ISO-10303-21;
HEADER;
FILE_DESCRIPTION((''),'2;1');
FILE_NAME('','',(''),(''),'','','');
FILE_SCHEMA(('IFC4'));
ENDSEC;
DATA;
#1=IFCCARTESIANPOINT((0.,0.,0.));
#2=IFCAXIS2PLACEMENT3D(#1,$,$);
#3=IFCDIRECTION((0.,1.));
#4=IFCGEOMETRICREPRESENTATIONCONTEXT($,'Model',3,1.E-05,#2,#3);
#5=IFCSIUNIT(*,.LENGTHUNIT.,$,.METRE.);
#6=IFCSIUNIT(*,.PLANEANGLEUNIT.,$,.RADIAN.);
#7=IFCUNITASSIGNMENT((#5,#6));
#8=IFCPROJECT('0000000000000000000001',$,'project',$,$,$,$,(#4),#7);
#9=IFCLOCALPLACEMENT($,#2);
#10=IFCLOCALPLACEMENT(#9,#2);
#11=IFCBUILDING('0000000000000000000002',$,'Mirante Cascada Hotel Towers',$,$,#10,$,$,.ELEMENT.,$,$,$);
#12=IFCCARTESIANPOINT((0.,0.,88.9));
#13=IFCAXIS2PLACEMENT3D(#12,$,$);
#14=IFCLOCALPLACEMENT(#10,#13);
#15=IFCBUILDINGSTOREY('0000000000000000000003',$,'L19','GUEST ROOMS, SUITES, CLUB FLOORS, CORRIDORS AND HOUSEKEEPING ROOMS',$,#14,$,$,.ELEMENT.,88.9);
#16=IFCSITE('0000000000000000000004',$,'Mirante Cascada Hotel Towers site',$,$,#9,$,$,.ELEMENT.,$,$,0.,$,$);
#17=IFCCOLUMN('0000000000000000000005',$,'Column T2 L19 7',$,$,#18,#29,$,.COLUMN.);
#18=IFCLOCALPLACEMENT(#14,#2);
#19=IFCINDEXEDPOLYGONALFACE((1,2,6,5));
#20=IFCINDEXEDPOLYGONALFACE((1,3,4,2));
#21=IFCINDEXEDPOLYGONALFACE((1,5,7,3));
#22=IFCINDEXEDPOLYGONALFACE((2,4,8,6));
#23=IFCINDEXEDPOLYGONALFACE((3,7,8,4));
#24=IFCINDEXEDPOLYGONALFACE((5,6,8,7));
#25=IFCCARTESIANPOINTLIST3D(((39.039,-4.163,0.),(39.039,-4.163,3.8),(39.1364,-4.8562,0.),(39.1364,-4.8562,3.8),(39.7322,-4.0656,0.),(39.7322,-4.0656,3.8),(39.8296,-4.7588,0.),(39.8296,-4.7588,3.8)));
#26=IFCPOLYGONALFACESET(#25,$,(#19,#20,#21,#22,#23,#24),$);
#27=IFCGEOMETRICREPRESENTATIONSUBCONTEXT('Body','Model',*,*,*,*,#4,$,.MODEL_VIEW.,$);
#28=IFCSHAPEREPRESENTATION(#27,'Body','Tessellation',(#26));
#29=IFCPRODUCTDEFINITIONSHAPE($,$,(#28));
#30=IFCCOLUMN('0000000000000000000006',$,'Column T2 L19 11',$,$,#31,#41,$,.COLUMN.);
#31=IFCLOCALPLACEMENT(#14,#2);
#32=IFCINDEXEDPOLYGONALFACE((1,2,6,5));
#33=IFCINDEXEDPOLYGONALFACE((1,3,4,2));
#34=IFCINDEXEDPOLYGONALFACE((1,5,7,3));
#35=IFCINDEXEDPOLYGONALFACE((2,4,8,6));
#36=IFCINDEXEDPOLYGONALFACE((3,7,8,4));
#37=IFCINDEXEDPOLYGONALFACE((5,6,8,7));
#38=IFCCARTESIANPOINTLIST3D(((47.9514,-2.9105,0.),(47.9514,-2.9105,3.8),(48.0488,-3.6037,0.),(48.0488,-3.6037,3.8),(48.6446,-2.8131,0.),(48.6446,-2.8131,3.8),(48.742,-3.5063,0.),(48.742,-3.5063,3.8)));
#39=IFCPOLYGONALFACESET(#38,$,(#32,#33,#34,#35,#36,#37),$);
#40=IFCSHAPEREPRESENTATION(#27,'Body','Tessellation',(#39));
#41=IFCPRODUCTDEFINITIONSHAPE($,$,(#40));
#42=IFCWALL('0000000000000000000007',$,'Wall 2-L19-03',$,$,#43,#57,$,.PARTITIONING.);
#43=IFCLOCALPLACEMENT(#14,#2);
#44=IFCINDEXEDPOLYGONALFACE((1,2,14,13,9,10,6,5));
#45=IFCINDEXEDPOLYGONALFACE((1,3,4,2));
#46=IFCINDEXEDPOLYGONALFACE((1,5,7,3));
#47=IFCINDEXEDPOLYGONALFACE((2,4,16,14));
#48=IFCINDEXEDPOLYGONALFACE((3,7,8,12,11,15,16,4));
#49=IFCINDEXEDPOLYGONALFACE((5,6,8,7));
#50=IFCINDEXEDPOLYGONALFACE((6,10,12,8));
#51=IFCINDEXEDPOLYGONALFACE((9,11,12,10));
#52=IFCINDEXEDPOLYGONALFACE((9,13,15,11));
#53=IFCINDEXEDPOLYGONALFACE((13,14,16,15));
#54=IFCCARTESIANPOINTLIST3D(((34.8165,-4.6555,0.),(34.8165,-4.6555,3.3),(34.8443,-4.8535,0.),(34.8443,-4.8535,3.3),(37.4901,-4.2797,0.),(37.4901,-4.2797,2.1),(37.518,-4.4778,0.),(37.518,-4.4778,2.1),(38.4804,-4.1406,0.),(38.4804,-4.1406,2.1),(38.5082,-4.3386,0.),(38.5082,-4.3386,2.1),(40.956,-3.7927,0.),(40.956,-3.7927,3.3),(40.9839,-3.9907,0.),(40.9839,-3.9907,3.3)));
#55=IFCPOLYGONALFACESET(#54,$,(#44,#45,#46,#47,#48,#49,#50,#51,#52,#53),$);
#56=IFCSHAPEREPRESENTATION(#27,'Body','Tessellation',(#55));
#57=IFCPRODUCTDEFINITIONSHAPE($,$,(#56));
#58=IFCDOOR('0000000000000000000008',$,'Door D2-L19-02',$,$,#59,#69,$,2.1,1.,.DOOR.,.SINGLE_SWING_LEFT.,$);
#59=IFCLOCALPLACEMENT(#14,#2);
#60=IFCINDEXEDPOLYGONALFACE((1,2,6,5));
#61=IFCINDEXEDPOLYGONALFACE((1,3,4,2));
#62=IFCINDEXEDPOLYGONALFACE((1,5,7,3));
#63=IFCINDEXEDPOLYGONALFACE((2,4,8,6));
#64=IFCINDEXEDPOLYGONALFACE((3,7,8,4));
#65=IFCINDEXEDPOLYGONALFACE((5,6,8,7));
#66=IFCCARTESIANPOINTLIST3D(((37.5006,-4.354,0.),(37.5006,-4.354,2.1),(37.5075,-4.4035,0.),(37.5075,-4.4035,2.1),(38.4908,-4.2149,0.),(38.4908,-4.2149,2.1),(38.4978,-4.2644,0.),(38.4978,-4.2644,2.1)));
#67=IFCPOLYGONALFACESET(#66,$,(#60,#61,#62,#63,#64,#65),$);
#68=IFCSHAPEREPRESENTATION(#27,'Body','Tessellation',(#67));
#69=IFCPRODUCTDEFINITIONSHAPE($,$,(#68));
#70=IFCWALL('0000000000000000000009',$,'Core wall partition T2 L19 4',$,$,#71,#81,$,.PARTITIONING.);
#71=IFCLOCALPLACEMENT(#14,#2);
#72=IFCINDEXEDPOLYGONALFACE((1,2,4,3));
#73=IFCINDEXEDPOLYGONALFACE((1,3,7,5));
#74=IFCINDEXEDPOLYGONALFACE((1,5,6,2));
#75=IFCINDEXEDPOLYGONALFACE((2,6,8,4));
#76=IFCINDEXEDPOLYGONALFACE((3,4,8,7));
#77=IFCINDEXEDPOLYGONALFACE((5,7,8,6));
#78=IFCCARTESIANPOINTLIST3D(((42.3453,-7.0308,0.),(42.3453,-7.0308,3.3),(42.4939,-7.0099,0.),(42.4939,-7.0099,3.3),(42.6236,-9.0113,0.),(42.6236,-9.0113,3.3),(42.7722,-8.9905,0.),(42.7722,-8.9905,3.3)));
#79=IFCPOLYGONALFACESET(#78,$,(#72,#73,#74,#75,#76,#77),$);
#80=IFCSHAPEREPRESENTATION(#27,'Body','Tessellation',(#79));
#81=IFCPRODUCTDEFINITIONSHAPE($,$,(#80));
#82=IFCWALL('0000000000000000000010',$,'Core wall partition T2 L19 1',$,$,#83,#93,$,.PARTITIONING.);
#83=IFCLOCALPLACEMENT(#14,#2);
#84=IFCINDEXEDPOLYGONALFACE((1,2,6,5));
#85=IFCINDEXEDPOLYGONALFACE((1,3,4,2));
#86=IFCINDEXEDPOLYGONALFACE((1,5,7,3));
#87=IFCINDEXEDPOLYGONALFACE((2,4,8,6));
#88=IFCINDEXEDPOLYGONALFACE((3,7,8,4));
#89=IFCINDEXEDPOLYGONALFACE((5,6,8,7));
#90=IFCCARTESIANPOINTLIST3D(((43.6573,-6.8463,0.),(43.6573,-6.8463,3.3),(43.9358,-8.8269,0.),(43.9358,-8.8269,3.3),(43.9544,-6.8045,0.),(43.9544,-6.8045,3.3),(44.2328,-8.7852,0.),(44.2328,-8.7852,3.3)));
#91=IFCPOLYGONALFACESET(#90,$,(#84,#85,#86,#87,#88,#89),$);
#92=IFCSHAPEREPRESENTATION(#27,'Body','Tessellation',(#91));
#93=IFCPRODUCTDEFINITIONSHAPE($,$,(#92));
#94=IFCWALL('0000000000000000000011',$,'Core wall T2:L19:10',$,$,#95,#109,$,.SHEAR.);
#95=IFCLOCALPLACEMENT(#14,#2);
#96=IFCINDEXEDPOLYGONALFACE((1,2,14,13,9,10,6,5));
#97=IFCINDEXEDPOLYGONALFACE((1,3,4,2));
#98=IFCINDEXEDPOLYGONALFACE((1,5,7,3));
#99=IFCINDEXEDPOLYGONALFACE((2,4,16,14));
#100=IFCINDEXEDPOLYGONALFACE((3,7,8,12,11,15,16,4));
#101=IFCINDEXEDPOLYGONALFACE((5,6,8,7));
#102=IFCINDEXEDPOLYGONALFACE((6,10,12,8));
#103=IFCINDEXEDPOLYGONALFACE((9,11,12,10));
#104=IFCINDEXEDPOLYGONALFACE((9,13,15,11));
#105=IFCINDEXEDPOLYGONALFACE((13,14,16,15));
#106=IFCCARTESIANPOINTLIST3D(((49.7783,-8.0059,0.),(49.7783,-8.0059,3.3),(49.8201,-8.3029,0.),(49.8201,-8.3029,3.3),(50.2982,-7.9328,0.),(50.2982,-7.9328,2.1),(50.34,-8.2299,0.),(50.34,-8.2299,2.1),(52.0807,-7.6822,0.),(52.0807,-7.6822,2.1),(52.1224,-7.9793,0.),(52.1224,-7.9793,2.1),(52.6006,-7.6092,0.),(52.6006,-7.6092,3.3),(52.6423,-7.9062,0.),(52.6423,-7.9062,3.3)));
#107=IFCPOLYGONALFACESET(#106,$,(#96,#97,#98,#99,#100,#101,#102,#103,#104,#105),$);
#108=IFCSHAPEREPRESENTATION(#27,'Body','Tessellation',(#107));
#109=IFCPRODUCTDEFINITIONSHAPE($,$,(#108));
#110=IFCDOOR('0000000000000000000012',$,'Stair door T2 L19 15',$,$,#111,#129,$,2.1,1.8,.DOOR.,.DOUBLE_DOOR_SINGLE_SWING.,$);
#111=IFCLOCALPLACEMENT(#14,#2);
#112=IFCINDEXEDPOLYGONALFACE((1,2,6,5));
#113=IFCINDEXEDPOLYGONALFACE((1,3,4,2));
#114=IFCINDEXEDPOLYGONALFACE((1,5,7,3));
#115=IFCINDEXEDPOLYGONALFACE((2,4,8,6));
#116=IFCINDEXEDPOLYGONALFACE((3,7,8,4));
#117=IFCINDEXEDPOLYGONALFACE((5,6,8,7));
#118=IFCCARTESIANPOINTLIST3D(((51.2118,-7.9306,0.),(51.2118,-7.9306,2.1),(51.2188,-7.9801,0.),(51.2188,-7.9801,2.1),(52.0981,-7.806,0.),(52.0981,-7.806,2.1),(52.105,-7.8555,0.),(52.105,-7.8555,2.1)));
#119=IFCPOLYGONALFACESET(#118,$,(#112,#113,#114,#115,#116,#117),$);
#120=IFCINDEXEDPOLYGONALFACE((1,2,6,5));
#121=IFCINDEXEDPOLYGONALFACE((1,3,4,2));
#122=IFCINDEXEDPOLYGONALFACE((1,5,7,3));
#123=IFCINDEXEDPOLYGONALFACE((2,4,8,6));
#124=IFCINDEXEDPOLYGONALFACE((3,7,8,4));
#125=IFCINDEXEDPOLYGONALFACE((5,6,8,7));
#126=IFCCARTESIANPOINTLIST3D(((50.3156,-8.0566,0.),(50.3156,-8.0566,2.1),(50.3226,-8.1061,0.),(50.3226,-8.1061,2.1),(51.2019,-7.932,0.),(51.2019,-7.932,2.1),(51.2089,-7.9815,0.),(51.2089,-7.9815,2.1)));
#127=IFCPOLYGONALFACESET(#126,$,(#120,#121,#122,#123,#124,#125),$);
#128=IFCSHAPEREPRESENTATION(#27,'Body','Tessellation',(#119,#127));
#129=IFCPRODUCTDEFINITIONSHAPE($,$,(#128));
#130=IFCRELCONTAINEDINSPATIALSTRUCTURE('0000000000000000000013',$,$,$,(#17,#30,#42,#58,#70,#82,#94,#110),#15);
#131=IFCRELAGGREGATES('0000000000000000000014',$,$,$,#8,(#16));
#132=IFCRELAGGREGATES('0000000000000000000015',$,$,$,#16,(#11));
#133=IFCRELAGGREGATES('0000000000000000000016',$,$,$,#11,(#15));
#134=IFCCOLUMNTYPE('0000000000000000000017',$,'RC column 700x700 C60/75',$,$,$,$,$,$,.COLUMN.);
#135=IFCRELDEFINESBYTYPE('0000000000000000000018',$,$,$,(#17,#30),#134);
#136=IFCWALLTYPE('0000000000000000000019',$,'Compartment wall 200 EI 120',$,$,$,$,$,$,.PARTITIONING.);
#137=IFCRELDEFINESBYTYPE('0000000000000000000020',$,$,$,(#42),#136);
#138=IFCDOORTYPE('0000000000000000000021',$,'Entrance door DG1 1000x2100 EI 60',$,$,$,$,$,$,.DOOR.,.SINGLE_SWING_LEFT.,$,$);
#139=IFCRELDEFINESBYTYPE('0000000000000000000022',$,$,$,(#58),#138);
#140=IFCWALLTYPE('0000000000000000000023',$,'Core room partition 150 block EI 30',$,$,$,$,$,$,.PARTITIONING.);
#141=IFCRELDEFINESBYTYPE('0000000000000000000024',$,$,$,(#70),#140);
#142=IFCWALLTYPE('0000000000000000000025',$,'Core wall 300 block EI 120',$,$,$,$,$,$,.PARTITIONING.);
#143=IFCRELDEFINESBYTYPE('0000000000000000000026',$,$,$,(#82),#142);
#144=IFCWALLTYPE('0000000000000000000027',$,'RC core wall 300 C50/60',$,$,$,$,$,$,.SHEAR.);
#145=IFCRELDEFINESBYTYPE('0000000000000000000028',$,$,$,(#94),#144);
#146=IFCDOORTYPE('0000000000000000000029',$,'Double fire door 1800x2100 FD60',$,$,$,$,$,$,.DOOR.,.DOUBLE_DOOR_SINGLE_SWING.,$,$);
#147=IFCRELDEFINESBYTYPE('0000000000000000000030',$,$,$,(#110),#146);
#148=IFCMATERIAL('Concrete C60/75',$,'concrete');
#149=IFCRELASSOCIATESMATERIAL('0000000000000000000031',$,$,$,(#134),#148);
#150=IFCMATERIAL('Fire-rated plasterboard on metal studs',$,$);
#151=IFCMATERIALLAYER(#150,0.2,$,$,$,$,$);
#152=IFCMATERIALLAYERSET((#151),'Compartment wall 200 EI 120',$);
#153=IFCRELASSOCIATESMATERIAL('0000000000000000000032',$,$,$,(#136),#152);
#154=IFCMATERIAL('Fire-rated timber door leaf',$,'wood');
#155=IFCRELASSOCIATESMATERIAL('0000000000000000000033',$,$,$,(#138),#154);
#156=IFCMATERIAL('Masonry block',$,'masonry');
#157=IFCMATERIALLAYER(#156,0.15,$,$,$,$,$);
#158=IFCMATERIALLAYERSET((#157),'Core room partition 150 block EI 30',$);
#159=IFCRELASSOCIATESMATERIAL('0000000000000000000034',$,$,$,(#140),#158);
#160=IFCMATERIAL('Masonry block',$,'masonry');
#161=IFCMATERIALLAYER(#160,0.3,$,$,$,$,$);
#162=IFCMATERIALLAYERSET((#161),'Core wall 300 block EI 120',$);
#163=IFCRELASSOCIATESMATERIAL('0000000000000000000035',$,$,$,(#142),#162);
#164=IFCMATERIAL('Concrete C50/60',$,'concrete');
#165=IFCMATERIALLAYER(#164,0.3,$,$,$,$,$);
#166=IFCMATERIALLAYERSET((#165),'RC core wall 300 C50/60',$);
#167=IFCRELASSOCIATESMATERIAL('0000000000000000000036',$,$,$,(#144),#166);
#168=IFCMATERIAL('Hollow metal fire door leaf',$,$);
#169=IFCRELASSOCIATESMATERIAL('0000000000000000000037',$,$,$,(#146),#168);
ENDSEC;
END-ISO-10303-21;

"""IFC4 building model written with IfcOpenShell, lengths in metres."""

from ifc_helpers import new_model, si_unit, direction, frame, frame_2d, origin, origin_2d, place, context, subcontext, project, spatial, rectangle, extrude, material, layer, layer_set, material_profile, profile_set, type_object, element, fill, save


model = new_model("IFC4")

# Units and contexts
model_context = context("Model", 3, precision=1e-05, world=origin(), true_north=direction((0.0, 1.0)))
body_context = subcontext(model_context, "Body", "Model", "MODEL_VIEW")
ifc_project = project(units=[si_unit("LENGTHUNIT", "METRE"), si_unit("PLANEANGLEUNIT", "RADIAN")], contexts=[model_context])

# Site, building, storey
site_placement = place(None, origin())
site = spatial("IfcSite", under=ifc_project, at=site_placement, Name="Mirante Cascada Hotel Towers site", CompositionType="ELEMENT", RefElevation=0.0)
building_placement = place(site_placement, origin())
building = spatial("IfcBuilding", under=site, at=building_placement, Name="Mirante Cascada Hotel Towers", CompositionType="ELEMENT")
storey_placement = place(building_placement, frame((0.0, 0.0, 88.9)))
storey = spatial("IfcBuildingStorey", under=building, at=storey_placement, Name="L19", Description="GUEST ROOMS, SUITES, CLUB FLOORS, CORRIDORS AND HOUSEKEEPING ROOMS", CompositionType="ELEMENT", Elevation=88.9)

# Columns
ifc_material_1 = material(Name="Concrete C60/75", Category="concrete")
ifc_material_profile = material_profile(ifc_material_1, rectangle(XDim=0.7, YDim=0.7, at=origin_2d()), Name="RC column 700x700 C60/75")
ifc_profile_set = profile_set([ifc_material_profile], Name="Concrete C60/75")
column_type = type_object("IfcColumnType", Name="RC column 700x700 C60/75", PredefinedType="COLUMN", material=ifc_profile_set)
for number, where, z_axis, x_axis, name in (
    (1, (39.4343, -4.4609, 0.0), (0.0, 0.0, 1.0), (0.990268, 0.139173, 0.0), "Column T2 L19 7"),
    (2, (48.3467, -3.2084, 0.0), (0.0, 0.0, 1.0), (0.990268, 0.139173, 0.0), "Column T2 L19 11"),
):
    element("IfcColumn", number, at=place(storey_placement, frame(where, z_axis=z_axis, x_axis=x_axis)), inside=storey, type_object=column_type, Name=name, PredefinedType="COLUMN", context=body_context, shape_type="SweptSolid", body=[
        extrude(rectangle(XDim=0.7, YDim=0.7, at=origin_2d()), origin(), (0.0, 0.0, 1.0), 3.8),
    ])

# Wall, opening, door
ifc_material_2 = material(Name="Fire-rated plasterboard on metal studs")
ifc_layer_1 = layer(ifc_material_2, 0.2)
ifc_layer_set_1 = layer_set([ifc_layer_1], Name="Compartment wall 200 EI 120")
wall_type_1 = type_object("IfcWallType", Name="Compartment wall 200 EI 120", PredefinedType="PARTITIONING", material=ifc_layer_set_1)
wall_1_placement = place(storey_placement, frame((40.97, -3.8917, 0.0), z_axis=(0.0, 0.0, 1.0), x_axis=(-0.99027, -0.139163, 0.0)))
wall_1 = element("IfcWall", 3, at=wall_1_placement, inside=storey, type_object=wall_type_1, Name="Wall 2-L19-03", PredefinedType="PARTITIONING", context=body_context, shape_type="SweptSolid", body=[
    extrude(rectangle(XDim=6.1999, YDim=0.2, at=frame_2d((3.1, 0.0))), origin(), (0.0, 0.0, 1.0), 3.3),
])
opening_1_placement = place(wall_1_placement, frame((2.5, 0.0, 0.0)))
opening_1 = element("IfcOpeningElement", 4, at=opening_1_placement, cuts=wall_1, PredefinedType="OPENING", context=body_context, shape_type="SweptSolid", body=[
    extrude(rectangle(XDim=1.0, YDim=2.1, at=frame_2d((0.5, 1.05))), frame((0.0, 0.1, 0.0), z_axis=(0.0, -1.0, 0.0), x_axis=(1.0, 0.0, 0.0)), (0.0, 0.0, 1.0), 0.2),
])
ifc_material_3 = material(Name="Fire-rated timber door leaf", Category="wood")
door_type_1 = type_object("IfcDoorType", Name="Entrance door DG1 1000x2100 EI 60", OperationType="SINGLE_SWING_LEFT", PredefinedType="DOOR", material=ifc_material_3)
door_1_placement = place(opening_1_placement, origin())
door_1 = element("IfcDoor", 5, at=door_1_placement, inside=storey, type_object=door_type_1, Name="Door D2-L19-02", OperationType="SINGLE_SWING_LEFT", OverallHeight=2.1, OverallWidth=1.0, PredefinedType="DOOR", context=body_context, shape_type="SweptSolid", body=[
    extrude(rectangle(XDim=1.0, YDim=2.1, at=frame_2d((0.5, 1.05))), frame((0.0, 0.025, 0.0), z_axis=(0.0, -1.0, 0.0), x_axis=(1.0, 0.0, 0.0)), (0.0, 0.0, 1.0), 0.05),
])
fill(opening_1, door_1)

# Walls
ifc_material_4 = material(Name="Masonry block", Category="masonry")
ifc_layer_2 = layer(ifc_material_4, 0.15)
ifc_layer_set_2 = layer_set([ifc_layer_2], Name="Core room partition 150 block EI 30")
wall_type_2 = type_object("IfcWallType", Name="Core room partition 150 block EI 30", PredefinedType="PARTITIONING", material=ifc_layer_set_2)
wall_2_placement = place(storey_placement, frame((42.6979, -9.0009, 0.0), z_axis=(0.0, 0.0, 1.0), x_axis=(-0.139153, 0.990271, 0.0)))
element("IfcWall", 6, at=wall_2_placement, inside=storey, type_object=wall_type_2, Name="Core wall partition T2 L19 4", PredefinedType="PARTITIONING", context=body_context, shape_type="SweptSolid", body=[
    extrude(rectangle(XDim=2.0, YDim=0.15, at=frame_2d((1.0, 0.0))), origin(), (0.0, 0.0, 1.0), 3.3),
])
ifc_material_5 = material(Name="Masonry block", Category="masonry")
ifc_layer_3 = layer(ifc_material_5, 0.3)
ifc_layer_set_3 = layer_set([ifc_layer_3], Name="Core wall 300 block EI 120")
wall_type_3 = type_object("IfcWallType", Name="Core wall 300 block EI 120", PredefinedType="PARTITIONING", material=ifc_layer_set_3)
wall_3_placement = place(storey_placement, frame((44.0843, -8.8061, 0.0), z_axis=(0.0, 0.0, 1.0), x_axis=(-0.139195, 0.990265, 0.0)))
element("IfcWall", 7, at=wall_3_placement, inside=storey, type_object=wall_type_3, Name="Core wall partition T2 L19 1", PredefinedType="PARTITIONING", context=body_context, shape_type="SweptSolid", body=[
    extrude(rectangle(XDim=2.0001, YDim=0.3, at=frame_2d((1.0001, 0.0))), origin(), (0.0, 0.0, 1.0), 3.3),
])

# Wall, opening, door
ifc_material_6 = material(Name="Concrete C50/60", Category="concrete")
ifc_layer_4 = layer(ifc_material_6, 0.3)
ifc_layer_set_4 = layer_set([ifc_layer_4], Name="RC core wall 300 C50/60")
wall_type_4 = type_object("IfcWallType", Name="RC core wall 300 C50/60", PredefinedType="SHEAR", material=ifc_layer_set_4)
wall_4_placement = place(storey_placement, frame((49.7992, -8.1544, 0.0), z_axis=(0.0, 0.0, 1.0), x_axis=(0.990266, 0.139191, 0.0)))
wall_4 = element("IfcWall", 8, at=wall_4_placement, inside=storey, type_object=wall_type_4, Name="Core wall T2:L19:10", PredefinedType="SHEAR", context=body_context, shape_type="SweptSolid", body=[
    extrude(rectangle(XDim=2.85, YDim=0.3, at=frame_2d((1.425, 0.0))), origin(), (0.0, 0.0, 1.0), 3.3),
])
opening_2_placement = place(wall_4_placement, frame((0.525, 0.0, 0.0)))
opening_2 = element("IfcOpeningElement", 9, at=opening_2_placement, cuts=wall_4, PredefinedType="OPENING", context=body_context, shape_type="SweptSolid", body=[
    extrude(rectangle(XDim=1.8, YDim=2.1, at=frame_2d((0.9, 1.05))), frame((0.0, 0.15, 0.0), z_axis=(0.0, -1.0, 0.0), x_axis=(1.0, 0.0, 0.0)), (0.0, 0.0, 1.0), 0.3),
])
ifc_material_7 = material(Name="Hollow metal fire door leaf")
door_type_2 = type_object("IfcDoorType", Name="Double fire door 1800x2100 FD60", OperationType="DOUBLE_DOOR_SINGLE_SWING", PredefinedType="DOOR", material=ifc_material_7)
door_2_placement = place(opening_2_placement, frame((1.8, 0.0, 0.0), z_axis=(0.0, 0.0, 1.0), x_axis=(-1.0, 0.0, 0.0)))
door_2 = element("IfcDoor", 10, at=door_2_placement, inside=storey, type_object=door_type_2, Name="Stair door T2 L19 15", OperationType="DOUBLE_DOOR_SINGLE_SWING", OverallHeight=2.1, OverallWidth=1.8, PredefinedType="DOOR", context=body_context, shape_type="SweptSolid", body=[
    extrude(rectangle(XDim=0.895, YDim=2.1, at=frame_2d((0.4475, 1.05))), frame((0.0, 0.025, 0.0), z_axis=(0.0, -1.0, 0.0), x_axis=(1.0, 0.0, 0.0)), (0.0, 0.0, 1.0), 0.05),
    extrude(rectangle(XDim=0.895, YDim=2.1, at=frame_2d((1.3525, 1.05))), frame((0.0, 0.025, 0.0), z_axis=(0.0, -1.0, 0.0), x_axis=(1.0, 0.0, 0.0)), (0.0, 0.0, 1.0), 0.05),
])
fill(opening_2, door_2)

save(model, "model.ifc")
